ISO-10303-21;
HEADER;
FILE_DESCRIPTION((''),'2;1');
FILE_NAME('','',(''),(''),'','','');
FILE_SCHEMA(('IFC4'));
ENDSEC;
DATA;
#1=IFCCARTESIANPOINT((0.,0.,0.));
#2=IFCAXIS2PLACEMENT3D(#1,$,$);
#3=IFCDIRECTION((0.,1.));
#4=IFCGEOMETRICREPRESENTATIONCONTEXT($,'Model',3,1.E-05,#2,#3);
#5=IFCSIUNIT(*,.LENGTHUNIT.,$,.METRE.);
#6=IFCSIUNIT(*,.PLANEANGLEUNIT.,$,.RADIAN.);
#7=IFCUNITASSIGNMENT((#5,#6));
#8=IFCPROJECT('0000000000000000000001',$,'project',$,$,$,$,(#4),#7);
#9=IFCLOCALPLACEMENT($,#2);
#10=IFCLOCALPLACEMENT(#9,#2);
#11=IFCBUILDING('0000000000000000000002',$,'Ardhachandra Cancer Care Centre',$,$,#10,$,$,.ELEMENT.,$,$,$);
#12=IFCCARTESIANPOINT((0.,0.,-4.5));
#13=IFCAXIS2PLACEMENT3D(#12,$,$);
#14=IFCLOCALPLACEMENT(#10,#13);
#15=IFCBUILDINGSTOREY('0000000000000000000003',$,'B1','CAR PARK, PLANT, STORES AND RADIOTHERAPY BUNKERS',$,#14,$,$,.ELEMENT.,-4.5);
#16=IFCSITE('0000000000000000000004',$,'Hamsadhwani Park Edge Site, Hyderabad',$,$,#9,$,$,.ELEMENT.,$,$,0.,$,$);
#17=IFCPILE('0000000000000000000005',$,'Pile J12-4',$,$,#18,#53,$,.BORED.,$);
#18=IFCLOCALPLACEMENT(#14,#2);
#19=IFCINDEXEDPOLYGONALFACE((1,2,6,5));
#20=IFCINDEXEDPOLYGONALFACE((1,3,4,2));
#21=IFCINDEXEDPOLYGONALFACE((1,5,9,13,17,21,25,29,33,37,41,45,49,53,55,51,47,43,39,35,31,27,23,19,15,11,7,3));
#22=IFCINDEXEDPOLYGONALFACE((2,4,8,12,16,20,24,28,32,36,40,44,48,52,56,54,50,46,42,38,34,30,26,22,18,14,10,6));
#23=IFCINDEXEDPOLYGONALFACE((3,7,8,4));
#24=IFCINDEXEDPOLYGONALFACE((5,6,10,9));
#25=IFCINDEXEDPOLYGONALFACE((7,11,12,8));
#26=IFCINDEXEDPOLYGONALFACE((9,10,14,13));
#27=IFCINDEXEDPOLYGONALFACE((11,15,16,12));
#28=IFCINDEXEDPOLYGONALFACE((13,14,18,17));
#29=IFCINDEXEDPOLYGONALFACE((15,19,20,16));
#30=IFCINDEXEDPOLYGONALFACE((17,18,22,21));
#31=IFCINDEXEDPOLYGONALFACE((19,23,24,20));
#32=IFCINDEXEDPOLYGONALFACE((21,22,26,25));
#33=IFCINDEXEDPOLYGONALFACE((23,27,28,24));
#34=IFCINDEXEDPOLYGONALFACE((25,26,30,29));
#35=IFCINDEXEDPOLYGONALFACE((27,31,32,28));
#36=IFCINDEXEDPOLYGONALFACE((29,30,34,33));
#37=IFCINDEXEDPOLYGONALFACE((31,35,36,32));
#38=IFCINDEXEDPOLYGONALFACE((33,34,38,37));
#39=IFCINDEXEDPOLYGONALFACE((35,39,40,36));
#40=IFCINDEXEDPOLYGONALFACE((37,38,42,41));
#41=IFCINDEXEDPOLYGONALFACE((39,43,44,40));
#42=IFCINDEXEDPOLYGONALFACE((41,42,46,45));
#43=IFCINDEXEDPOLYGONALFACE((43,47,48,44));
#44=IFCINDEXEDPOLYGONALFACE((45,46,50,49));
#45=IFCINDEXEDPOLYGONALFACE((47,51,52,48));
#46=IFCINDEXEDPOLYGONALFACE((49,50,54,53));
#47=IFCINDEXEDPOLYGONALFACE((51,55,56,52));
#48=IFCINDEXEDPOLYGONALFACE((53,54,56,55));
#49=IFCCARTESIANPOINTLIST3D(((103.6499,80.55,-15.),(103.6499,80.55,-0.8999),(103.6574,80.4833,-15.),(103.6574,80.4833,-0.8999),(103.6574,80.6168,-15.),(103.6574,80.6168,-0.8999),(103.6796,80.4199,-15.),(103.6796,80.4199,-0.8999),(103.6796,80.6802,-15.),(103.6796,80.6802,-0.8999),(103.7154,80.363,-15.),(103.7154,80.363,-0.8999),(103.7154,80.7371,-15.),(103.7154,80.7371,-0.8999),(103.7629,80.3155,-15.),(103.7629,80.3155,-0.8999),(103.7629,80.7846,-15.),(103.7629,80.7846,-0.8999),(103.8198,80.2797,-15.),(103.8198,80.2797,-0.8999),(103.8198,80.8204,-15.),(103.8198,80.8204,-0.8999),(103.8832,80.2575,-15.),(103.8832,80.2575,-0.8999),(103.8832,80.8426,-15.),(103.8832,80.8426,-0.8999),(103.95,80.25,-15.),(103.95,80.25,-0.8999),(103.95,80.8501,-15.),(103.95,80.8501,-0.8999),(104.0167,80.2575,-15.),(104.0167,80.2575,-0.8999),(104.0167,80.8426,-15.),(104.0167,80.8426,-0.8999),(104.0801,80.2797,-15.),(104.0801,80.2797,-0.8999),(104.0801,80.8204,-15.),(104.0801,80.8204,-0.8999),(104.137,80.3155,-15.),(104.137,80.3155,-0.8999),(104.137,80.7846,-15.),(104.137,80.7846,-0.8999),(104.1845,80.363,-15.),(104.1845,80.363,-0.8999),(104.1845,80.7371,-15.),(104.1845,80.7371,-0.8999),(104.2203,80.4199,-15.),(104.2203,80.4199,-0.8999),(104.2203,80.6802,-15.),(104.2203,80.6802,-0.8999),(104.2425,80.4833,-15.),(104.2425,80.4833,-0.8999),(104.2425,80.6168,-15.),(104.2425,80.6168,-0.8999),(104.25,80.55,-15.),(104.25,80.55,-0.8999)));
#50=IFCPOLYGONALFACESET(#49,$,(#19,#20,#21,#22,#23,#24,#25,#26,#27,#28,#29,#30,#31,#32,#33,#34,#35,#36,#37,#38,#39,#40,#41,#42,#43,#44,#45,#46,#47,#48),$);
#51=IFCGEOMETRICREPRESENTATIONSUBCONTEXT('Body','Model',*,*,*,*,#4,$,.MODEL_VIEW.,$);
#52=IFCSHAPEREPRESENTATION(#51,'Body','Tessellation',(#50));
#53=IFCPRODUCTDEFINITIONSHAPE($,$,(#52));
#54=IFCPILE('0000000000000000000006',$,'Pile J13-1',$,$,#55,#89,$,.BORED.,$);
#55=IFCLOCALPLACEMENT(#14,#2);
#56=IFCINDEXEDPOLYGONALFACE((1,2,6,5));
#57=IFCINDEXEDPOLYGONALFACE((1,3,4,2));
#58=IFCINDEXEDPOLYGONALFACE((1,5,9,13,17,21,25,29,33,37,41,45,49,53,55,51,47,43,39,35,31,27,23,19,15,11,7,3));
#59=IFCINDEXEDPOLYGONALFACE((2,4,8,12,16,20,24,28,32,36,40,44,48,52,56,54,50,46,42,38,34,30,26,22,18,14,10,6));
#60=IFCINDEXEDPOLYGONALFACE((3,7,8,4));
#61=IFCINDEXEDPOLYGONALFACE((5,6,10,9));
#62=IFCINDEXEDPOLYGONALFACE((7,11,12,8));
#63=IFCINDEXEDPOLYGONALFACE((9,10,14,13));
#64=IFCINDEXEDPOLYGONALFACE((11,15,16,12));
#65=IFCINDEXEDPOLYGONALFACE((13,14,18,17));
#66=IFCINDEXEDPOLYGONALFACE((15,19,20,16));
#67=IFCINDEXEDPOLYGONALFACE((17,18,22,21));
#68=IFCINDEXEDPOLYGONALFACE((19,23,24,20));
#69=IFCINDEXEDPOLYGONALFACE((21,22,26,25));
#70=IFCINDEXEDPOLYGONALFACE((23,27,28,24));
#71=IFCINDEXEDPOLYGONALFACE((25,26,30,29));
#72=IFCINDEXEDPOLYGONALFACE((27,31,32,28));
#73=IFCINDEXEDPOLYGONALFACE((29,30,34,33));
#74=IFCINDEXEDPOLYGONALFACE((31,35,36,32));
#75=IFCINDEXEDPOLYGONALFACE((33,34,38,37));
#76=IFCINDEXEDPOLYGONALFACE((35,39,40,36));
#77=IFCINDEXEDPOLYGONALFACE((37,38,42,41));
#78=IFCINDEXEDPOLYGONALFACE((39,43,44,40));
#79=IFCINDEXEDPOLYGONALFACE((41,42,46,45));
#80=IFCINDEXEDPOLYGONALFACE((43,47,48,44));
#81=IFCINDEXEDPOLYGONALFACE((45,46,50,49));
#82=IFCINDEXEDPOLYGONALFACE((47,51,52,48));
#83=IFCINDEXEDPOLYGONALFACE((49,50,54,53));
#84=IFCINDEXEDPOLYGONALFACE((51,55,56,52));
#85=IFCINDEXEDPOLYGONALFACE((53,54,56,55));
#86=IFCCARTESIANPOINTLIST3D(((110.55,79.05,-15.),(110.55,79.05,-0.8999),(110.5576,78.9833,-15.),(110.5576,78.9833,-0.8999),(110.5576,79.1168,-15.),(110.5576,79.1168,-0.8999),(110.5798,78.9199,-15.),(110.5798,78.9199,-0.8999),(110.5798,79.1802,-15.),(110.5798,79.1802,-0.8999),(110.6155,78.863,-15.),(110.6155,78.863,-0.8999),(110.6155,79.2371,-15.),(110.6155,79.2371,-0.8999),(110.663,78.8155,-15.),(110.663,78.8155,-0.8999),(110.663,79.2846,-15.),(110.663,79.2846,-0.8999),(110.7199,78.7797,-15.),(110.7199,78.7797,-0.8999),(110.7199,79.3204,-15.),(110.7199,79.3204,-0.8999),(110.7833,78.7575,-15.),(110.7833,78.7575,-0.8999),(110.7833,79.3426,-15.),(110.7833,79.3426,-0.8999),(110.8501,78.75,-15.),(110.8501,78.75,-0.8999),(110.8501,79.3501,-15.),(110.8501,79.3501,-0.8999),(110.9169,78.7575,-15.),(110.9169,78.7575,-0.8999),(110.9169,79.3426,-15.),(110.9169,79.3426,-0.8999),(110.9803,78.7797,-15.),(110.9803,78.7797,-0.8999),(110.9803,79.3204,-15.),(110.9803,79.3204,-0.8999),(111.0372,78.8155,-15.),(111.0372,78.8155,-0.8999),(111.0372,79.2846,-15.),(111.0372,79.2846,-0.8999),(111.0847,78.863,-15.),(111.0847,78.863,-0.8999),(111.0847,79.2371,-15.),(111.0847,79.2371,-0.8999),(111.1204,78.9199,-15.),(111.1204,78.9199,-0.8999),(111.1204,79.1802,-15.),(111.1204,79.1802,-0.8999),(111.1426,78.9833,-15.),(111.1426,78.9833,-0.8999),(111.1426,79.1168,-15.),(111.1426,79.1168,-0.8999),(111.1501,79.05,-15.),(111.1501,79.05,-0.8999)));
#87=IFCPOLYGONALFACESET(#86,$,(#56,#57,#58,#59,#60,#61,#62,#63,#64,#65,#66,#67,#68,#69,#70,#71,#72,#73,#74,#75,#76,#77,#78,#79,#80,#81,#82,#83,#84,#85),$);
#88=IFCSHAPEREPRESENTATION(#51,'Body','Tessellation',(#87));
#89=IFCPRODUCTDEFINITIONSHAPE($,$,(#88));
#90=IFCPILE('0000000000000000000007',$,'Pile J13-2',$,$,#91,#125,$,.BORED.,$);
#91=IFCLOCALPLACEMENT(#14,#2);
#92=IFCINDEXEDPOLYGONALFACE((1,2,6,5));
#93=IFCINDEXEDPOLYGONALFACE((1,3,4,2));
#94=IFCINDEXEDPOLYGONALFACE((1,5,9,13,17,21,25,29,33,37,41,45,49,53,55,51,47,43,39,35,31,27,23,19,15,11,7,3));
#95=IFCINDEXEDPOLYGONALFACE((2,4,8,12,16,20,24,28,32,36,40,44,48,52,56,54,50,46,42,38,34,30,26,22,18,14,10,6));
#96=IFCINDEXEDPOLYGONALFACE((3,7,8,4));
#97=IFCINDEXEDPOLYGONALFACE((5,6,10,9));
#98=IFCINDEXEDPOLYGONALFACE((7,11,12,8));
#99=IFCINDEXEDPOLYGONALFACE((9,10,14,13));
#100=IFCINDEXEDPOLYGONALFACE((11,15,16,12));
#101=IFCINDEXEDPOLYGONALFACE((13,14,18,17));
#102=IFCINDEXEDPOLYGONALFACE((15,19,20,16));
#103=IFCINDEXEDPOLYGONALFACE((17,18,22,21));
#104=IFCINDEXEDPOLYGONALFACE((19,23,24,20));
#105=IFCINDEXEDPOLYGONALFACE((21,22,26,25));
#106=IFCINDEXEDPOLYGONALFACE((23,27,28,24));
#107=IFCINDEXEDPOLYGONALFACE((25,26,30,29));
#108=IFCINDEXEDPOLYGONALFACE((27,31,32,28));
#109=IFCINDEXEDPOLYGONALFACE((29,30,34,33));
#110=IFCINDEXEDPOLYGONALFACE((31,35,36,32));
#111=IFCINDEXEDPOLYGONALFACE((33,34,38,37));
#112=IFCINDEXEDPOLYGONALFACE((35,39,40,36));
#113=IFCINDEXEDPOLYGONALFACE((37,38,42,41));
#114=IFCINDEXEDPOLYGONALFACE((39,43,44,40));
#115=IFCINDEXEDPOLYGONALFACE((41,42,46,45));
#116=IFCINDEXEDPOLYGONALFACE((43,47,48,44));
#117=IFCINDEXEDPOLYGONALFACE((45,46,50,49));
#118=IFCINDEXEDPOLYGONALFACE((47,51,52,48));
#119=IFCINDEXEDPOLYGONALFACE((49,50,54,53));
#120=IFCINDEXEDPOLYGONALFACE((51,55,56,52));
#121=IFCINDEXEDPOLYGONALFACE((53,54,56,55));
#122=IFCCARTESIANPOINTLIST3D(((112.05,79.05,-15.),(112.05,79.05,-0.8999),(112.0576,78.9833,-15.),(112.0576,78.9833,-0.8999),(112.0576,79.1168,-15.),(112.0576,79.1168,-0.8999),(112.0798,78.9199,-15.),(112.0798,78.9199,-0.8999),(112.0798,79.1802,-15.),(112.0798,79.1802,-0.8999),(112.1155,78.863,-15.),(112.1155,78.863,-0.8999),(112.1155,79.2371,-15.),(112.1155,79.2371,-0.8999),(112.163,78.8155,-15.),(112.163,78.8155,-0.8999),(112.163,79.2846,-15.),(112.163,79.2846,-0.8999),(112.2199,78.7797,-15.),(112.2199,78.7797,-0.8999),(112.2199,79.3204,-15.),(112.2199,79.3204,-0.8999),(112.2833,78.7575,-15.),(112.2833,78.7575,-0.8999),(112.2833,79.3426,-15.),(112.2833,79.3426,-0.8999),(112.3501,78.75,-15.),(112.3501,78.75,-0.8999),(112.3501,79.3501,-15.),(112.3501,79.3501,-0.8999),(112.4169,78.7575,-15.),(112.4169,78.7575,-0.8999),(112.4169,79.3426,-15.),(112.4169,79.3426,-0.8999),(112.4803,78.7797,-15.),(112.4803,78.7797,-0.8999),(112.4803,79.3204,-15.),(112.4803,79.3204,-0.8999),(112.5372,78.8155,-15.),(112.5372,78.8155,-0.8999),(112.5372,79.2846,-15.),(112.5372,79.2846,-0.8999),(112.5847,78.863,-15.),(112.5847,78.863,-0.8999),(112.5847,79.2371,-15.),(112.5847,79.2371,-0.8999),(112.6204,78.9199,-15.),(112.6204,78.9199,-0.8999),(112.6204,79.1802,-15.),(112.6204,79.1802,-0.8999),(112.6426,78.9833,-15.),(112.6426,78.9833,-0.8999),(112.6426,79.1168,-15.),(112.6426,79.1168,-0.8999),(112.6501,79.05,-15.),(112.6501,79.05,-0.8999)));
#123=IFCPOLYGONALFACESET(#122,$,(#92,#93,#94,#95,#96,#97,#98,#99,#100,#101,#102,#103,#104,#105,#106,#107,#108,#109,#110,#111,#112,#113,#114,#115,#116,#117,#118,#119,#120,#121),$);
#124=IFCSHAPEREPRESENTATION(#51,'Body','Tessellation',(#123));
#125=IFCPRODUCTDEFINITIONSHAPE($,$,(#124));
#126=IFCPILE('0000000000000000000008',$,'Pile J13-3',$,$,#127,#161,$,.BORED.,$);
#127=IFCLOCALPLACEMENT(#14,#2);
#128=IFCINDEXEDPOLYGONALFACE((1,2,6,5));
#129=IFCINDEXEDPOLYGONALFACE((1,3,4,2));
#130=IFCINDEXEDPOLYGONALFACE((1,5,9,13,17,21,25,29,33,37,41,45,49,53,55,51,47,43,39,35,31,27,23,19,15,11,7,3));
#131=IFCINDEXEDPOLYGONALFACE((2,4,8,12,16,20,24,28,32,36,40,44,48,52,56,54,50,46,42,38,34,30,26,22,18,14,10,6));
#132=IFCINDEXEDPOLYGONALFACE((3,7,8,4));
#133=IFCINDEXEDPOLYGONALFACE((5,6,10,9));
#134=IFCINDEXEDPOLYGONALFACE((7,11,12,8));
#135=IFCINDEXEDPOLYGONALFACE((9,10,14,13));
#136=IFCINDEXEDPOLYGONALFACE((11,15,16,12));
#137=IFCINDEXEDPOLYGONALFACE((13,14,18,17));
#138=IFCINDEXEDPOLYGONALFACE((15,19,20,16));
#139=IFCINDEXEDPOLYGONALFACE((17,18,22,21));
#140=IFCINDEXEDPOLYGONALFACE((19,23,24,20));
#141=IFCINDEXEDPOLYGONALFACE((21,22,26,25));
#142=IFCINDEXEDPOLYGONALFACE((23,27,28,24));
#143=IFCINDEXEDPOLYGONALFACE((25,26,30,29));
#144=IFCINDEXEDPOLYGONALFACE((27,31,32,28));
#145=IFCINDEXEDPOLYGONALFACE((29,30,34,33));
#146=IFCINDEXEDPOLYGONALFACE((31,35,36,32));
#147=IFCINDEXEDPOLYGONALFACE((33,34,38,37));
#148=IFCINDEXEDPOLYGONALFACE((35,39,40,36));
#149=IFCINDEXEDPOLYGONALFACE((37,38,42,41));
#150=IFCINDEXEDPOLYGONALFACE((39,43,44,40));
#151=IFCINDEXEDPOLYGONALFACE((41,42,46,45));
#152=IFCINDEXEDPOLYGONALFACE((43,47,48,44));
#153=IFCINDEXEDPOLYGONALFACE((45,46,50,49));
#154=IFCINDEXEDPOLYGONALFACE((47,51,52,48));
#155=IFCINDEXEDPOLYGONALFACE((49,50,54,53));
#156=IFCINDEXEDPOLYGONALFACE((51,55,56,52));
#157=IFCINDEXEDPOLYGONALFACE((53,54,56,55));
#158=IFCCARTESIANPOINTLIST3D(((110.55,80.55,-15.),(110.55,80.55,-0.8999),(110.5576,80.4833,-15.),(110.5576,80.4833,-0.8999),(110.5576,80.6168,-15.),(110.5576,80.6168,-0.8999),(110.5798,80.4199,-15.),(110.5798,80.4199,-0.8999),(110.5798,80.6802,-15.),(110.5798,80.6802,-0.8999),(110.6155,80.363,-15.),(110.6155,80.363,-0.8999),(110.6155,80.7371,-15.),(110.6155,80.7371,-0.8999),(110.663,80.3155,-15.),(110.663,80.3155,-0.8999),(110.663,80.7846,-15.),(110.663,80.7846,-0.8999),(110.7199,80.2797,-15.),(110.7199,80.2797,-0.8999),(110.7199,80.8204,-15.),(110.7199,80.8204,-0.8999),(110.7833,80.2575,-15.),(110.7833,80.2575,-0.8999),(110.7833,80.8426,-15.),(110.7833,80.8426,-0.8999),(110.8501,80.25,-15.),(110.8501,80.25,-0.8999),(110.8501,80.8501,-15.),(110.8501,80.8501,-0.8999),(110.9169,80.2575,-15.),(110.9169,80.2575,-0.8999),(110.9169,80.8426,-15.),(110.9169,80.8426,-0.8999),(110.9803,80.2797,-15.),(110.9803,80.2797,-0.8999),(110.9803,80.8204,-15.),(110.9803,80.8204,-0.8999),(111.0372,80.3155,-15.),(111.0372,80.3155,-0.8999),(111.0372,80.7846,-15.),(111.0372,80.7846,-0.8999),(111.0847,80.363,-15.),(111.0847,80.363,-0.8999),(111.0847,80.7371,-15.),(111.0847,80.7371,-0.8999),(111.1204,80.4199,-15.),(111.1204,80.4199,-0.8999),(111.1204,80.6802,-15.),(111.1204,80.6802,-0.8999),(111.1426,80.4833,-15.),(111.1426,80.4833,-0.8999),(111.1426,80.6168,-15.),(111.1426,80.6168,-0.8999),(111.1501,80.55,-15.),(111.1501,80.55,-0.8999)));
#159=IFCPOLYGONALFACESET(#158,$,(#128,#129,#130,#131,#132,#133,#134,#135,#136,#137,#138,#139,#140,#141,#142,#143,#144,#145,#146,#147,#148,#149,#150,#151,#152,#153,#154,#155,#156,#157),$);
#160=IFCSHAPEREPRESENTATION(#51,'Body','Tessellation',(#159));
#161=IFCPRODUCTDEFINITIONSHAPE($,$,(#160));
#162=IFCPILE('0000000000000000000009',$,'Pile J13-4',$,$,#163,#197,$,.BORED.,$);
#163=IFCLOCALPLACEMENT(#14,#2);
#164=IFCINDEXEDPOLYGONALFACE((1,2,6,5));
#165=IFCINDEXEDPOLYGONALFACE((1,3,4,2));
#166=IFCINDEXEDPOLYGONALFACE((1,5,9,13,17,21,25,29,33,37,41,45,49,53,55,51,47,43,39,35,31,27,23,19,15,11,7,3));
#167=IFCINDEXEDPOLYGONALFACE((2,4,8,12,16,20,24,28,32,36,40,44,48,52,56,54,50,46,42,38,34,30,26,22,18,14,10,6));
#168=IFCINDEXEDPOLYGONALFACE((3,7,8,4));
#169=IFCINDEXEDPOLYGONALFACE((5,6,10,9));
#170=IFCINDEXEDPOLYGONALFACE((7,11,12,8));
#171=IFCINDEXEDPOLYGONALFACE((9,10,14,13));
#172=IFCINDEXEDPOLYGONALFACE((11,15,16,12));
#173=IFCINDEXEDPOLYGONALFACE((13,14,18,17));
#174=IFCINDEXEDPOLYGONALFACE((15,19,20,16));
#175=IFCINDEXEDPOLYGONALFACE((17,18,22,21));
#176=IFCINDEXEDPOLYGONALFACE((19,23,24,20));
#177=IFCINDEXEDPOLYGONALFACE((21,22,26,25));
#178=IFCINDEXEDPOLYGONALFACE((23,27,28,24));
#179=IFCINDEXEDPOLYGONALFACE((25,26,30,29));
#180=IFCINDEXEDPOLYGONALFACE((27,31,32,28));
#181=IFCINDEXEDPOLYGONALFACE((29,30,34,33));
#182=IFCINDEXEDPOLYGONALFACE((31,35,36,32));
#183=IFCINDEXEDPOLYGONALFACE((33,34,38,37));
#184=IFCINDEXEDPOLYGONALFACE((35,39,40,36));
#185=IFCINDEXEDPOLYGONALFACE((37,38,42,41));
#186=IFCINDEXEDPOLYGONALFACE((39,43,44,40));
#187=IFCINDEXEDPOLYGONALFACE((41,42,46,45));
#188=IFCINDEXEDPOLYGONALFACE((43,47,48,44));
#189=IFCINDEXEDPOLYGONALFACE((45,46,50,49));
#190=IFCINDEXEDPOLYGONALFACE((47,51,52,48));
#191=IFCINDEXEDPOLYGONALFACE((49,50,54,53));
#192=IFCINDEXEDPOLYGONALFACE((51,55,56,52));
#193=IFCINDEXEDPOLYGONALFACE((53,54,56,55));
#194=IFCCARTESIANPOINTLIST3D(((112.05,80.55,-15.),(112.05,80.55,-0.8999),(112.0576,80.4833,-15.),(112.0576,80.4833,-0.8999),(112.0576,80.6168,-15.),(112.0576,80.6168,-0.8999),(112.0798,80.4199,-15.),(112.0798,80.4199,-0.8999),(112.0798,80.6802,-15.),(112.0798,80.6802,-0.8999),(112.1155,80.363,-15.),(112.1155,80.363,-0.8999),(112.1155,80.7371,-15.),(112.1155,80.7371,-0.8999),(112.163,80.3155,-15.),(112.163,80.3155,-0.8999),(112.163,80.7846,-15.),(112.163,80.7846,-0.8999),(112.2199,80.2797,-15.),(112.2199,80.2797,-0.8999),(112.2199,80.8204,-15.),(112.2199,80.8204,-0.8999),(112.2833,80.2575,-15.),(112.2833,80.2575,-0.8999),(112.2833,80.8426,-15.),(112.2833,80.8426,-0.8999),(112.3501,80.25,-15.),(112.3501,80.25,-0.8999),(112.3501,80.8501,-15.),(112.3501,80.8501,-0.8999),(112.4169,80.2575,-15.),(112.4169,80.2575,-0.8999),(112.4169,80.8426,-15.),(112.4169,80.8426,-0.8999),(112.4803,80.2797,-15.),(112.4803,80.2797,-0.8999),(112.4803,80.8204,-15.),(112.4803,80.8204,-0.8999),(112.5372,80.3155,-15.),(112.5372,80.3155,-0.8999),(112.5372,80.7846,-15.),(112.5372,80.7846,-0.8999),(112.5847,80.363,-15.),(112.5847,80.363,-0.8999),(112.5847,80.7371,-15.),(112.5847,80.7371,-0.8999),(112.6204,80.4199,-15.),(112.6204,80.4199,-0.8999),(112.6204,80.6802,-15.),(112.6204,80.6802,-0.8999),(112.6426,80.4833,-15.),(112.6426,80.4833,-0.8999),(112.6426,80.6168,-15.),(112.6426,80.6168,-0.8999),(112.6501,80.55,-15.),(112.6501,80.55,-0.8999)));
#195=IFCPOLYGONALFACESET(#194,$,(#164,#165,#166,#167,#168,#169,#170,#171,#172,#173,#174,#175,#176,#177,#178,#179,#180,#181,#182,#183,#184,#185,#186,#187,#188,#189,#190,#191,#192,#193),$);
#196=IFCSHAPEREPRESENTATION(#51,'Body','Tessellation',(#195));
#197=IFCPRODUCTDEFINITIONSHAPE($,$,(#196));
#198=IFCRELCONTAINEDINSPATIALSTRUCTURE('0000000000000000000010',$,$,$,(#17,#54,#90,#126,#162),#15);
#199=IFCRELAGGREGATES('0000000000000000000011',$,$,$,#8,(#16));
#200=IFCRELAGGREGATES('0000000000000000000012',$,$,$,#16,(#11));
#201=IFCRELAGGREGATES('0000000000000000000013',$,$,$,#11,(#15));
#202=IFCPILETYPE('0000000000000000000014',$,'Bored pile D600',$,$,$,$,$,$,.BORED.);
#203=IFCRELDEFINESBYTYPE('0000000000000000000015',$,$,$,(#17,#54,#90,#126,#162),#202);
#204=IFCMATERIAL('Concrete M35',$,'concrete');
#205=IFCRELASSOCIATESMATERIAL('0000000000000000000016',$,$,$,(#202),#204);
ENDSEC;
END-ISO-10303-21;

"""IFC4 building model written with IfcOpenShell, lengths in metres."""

from ifc_helpers import new_model, si_unit, direction, frame, origin, origin_2d, place, context, subcontext, project, spatial, circle, extrude, material, material_profile, profile_set, type_object, element, save


model = new_model("IFC4")

# Units and contexts
model_context = context("Model", 3, precision=1e-05, world=origin(), true_north=direction((0.0, 1.0)))
body_context = subcontext(model_context, "Body", "Model", "MODEL_VIEW")
ifc_project = project(units=[si_unit("LENGTHUNIT", "METRE"), si_unit("PLANEANGLEUNIT", "RADIAN")], contexts=[model_context])

# Site, building, storey
site_placement = place(None, origin())
site = spatial("IfcSite", under=ifc_project, at=site_placement, Name="Hamsadhwani Park Edge Site, Hyderabad", CompositionType="ELEMENT", RefElevation=0.0)
building_placement = place(site_placement, origin())
building = spatial("IfcBuilding", under=site, at=building_placement, Name="Ardhachandra Cancer Care Centre", CompositionType="ELEMENT")
storey_placement = place(building_placement, frame((0.0, 0.0, -4.5)))
storey = spatial("IfcBuildingStorey", under=building, at=storey_placement, Name="B1", Description="CAR PARK, PLANT, STORES AND RADIOTHERAPY BUNKERS", CompositionType="ELEMENT", Elevation=-4.5)

# Piles
ifc_material_1 = material(Name="Concrete M35", Category="concrete")
ifc_material_profile_1 = material_profile(ifc_material_1, circle(Radius=0.3, at=origin_2d()), Name="D600")
ifc_profile_set_1 = profile_set([ifc_material_profile_1], Name="Concrete M35")
pile_type = type_object("IfcPileType", Name="Bored pile D600", PredefinedType="BORED", material=ifc_profile_set_1)
for number, where, z_axis, x_axis, name in (
    (1, (103.95, 80.55, -0.8999), (0.0, 0.0, -1.0), (1.0, 0.0, 0.0), "Pile J12-4"),
    (2, (110.8501, 79.05, -0.8999), (0.0, 0.0, -1.0), (1.0, 0.0, 0.0), "Pile J13-1"),
    (3, (112.3501, 79.05, -0.8999), (0.0, 0.0, -1.0), (1.0, 0.0, 0.0), "Pile J13-2"),
    (4, (110.8501, 80.55, -0.8999), (0.0, 0.0, -1.0), (1.0, 0.0, 0.0), "Pile J13-3"),
    (5, (112.3501, 80.55, -0.8999), (0.0, 0.0, -1.0), (1.0, 0.0, 0.0), "Pile J13-4"),
):
    element("IfcPile", number, at=place(storey_placement, frame(where, z_axis=z_axis, x_axis=x_axis)), inside=storey, type_object=pile_type, Name=name, PredefinedType="BORED", context=body_context, shape_type="SweptSolid", body=[
        extrude(circle(Radius=0.3, at=origin_2d()), origin(), (0.0, 0.0, 1.0), 14.1001),
    ])

save(model, "model.ifc")
